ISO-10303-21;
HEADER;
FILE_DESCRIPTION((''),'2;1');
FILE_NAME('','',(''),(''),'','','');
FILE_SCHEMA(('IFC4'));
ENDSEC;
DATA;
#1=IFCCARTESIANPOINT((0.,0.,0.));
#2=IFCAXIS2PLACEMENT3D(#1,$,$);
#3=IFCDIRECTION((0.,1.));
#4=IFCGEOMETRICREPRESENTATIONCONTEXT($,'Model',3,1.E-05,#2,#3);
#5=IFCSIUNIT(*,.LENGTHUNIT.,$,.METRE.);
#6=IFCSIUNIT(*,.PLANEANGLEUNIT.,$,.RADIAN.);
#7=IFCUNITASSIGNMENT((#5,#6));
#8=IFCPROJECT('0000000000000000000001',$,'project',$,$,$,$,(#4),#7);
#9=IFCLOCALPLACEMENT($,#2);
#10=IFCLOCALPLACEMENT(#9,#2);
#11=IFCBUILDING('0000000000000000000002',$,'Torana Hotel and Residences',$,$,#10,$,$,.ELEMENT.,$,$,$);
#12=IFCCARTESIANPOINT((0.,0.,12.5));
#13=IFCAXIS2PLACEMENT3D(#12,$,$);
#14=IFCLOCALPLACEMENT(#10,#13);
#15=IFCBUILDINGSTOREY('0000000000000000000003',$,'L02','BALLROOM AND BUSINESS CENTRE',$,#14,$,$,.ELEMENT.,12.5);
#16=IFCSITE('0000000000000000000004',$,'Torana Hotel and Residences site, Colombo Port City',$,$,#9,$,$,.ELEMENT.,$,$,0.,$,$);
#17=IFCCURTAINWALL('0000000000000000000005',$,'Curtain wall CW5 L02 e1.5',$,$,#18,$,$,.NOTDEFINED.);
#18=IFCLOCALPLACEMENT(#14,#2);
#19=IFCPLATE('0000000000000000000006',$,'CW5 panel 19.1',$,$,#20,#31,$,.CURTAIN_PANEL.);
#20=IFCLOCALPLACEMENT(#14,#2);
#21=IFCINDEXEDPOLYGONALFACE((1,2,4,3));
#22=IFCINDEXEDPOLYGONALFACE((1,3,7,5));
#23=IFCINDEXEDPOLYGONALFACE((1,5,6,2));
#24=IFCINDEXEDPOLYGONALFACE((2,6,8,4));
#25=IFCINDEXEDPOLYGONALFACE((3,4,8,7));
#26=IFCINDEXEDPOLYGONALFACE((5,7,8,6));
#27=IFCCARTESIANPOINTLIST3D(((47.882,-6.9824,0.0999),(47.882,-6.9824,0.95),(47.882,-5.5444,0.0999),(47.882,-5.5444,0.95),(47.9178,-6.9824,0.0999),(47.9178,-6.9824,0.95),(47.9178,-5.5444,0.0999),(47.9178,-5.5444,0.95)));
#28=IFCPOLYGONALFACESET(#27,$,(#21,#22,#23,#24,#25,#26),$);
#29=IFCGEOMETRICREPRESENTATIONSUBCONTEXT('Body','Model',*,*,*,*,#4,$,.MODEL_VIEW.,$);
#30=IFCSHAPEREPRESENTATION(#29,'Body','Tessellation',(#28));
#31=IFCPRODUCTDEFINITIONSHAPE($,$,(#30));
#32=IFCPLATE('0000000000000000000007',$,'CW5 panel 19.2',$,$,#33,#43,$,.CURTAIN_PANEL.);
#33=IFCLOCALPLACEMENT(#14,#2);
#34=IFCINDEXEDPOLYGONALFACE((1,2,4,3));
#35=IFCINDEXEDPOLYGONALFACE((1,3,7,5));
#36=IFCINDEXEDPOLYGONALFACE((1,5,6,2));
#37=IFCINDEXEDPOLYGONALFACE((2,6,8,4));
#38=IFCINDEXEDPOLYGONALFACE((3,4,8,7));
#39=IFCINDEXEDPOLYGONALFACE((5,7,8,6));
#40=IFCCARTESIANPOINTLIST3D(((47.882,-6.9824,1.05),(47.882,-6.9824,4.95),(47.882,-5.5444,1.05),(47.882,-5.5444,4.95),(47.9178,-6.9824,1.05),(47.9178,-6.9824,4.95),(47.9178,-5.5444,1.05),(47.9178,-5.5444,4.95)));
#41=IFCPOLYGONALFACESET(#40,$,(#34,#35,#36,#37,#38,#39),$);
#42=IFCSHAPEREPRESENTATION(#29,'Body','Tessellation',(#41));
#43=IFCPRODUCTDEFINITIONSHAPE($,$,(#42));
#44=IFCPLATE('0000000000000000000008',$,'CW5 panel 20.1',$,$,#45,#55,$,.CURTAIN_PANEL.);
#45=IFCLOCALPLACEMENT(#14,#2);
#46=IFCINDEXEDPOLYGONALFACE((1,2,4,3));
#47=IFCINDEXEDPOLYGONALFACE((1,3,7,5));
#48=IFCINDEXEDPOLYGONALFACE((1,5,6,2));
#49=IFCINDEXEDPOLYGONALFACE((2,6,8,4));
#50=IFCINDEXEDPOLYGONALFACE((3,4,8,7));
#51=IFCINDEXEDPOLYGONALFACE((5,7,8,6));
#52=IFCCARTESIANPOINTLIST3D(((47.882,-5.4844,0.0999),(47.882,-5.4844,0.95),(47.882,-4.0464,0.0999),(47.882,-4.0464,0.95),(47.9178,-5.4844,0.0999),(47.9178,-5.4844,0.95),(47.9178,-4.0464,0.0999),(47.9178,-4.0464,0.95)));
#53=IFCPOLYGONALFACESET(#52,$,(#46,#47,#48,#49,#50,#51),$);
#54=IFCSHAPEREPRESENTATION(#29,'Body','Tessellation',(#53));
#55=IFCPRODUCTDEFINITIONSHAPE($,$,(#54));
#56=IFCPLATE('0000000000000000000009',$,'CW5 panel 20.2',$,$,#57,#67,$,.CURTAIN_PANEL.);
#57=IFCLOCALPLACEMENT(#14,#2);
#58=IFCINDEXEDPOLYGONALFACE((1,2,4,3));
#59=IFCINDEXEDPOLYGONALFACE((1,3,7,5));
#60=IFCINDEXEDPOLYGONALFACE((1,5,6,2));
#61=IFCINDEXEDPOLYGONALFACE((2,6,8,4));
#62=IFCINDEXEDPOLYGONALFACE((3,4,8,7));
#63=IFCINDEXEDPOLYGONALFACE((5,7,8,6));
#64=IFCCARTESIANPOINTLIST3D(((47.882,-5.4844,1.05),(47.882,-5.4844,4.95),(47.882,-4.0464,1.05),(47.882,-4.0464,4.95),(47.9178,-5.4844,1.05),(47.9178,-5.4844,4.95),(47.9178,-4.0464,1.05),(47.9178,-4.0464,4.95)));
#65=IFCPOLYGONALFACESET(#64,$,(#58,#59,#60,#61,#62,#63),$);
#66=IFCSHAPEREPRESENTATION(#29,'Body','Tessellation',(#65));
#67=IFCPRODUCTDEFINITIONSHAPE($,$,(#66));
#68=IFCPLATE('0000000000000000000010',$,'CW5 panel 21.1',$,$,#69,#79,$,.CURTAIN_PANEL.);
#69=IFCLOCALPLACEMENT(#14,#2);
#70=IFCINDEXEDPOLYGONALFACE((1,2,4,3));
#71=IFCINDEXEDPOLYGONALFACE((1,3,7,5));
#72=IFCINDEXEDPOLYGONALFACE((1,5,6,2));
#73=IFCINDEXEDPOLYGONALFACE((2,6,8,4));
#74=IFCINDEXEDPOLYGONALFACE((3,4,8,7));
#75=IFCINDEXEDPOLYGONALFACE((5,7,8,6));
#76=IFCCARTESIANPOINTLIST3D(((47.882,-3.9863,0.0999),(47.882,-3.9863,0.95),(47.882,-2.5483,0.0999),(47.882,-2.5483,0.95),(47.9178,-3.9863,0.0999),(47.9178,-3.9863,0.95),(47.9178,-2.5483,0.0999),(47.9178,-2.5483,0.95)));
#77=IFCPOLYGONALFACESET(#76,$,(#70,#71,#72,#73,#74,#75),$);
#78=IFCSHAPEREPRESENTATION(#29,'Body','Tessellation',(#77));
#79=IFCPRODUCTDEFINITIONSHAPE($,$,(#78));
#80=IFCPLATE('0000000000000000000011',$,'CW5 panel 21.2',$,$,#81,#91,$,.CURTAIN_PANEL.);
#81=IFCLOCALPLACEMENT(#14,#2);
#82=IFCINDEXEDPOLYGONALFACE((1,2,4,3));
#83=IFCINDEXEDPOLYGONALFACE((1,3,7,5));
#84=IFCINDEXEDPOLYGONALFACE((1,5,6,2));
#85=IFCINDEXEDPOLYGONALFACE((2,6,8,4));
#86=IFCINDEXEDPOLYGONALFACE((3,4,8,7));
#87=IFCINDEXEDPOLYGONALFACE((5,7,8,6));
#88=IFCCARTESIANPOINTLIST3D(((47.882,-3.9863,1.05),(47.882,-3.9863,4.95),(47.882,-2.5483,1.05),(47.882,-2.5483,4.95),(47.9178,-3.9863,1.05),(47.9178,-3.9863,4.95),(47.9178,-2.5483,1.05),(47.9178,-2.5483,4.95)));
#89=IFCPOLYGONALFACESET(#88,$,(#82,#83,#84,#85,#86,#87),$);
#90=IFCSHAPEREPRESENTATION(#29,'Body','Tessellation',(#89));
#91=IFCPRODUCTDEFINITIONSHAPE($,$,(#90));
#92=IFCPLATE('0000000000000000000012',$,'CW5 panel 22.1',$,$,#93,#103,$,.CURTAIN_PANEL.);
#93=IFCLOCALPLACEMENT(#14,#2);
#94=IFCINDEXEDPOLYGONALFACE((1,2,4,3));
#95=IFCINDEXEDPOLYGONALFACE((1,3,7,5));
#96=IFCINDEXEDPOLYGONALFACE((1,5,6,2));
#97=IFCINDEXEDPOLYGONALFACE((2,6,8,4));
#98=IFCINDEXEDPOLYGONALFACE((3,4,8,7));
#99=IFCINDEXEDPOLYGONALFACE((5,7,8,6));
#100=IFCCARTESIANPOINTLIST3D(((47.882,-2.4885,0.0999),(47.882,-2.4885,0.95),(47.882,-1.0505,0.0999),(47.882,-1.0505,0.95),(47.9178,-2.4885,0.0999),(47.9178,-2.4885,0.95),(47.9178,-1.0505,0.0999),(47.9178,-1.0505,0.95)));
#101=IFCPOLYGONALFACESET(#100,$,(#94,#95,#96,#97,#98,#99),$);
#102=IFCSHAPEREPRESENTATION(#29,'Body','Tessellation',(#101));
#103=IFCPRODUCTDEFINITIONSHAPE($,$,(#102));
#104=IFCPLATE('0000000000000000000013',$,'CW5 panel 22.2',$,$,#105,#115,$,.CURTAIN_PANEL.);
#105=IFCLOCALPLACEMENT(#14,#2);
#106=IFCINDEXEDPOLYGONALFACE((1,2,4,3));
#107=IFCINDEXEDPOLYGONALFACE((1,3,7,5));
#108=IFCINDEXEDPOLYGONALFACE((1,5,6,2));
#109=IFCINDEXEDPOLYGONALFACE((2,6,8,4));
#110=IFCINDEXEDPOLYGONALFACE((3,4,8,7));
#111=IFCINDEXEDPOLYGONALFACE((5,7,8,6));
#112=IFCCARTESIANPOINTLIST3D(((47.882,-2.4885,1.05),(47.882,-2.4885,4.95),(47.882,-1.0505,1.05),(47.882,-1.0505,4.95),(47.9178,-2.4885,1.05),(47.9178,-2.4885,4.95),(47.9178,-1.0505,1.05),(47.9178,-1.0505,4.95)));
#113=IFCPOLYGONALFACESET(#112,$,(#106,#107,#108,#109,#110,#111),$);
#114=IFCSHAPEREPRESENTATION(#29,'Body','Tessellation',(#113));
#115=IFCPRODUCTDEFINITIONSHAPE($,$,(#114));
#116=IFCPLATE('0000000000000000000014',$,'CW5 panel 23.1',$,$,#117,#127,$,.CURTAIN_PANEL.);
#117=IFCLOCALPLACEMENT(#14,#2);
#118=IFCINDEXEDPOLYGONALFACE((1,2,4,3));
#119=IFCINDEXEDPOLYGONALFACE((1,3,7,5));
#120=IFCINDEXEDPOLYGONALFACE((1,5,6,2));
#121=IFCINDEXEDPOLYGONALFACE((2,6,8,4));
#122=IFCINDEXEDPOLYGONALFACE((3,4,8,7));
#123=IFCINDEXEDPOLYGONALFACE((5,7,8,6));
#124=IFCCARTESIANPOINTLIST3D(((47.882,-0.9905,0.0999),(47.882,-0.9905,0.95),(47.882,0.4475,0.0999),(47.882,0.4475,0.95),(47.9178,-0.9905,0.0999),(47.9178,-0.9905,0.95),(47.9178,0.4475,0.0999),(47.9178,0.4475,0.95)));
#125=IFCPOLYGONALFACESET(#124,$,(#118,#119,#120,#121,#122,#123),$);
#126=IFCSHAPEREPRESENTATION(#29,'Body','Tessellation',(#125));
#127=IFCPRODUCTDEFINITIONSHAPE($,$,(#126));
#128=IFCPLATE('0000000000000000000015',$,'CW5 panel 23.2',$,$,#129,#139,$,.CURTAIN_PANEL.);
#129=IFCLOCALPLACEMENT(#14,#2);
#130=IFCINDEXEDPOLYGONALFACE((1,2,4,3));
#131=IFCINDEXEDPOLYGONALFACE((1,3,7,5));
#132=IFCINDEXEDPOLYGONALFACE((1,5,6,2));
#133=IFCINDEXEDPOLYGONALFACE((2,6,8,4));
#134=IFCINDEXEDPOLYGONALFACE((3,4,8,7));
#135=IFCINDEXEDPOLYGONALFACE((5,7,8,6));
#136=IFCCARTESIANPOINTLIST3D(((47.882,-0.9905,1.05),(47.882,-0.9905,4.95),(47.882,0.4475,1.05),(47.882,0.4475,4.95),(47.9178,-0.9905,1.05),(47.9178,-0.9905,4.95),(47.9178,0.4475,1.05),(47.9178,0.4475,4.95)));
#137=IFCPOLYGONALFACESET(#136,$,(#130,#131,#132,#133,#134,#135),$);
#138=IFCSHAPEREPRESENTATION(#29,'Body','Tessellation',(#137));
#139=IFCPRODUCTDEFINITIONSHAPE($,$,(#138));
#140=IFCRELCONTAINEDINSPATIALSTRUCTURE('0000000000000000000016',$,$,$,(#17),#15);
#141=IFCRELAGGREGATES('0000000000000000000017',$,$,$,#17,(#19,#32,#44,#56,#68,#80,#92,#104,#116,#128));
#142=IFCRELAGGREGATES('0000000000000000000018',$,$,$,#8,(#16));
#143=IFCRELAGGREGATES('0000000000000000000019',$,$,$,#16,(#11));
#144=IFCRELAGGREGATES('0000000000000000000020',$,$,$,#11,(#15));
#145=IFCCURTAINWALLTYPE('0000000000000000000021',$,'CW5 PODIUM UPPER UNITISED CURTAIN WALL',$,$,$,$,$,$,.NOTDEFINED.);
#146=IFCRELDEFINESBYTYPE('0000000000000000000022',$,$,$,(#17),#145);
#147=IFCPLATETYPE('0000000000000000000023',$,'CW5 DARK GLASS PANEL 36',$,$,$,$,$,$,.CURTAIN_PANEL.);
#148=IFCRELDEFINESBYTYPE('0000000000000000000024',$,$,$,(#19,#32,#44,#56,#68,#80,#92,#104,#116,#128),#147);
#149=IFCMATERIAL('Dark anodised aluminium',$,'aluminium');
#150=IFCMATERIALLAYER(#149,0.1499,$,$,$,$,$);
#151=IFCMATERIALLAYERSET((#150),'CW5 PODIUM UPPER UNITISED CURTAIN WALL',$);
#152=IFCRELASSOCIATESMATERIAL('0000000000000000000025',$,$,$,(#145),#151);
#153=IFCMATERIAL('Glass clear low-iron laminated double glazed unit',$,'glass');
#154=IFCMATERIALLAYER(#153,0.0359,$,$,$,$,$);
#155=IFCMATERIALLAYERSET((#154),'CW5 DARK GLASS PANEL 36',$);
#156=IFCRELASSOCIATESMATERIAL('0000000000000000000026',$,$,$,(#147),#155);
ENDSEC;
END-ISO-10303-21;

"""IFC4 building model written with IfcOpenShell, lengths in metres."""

from ifc_helpers import new_model, si_unit, direction, frame, origin, origin_2d, place, context, subcontext, project, spatial, rectangle, extrude, material, layer, layer_set, type_object, element, aggregate, save


model = new_model("IFC4")

# Units and contexts
model_context = context("Model", 3, precision=1e-05, world=origin(), true_north=direction((0.0, 1.0)))
body_context = subcontext(model_context, "Body", "Model", "MODEL_VIEW")
ifc_project = project(units=[si_unit("LENGTHUNIT", "METRE"), si_unit("PLANEANGLEUNIT", "RADIAN")], contexts=[model_context])

# Site, building, storey
site_placement = place(None, origin())
site = spatial("IfcSite", under=ifc_project, at=site_placement, Name="Torana Hotel and Residences site, Colombo Port City", CompositionType="ELEMENT", RefElevation=0.0)
building_placement = place(site_placement, origin())
building = spatial("IfcBuilding", under=site, at=building_placement, Name="Torana Hotel and Residences", CompositionType="ELEMENT")
storey_placement = place(building_placement, frame((0.0, 0.0, 12.5)))
storey = spatial("IfcBuildingStorey", under=building, at=storey_placement, Name="L02", Description="BALLROOM AND BUSINESS CENTRE", CompositionType="ELEMENT", Elevation=12.5)

# Curtain wall, plates
ifc_material_1 = material(Name="Dark anodised aluminium", Category="aluminium")
ifc_layer_1 = layer(ifc_material_1, 0.1499)
ifc_layer_set_1 = layer_set([ifc_layer_1], Name="CW5 PODIUM UPPER UNITISED CURTAIN WALL")
curtain_wall_type = type_object("IfcCurtainWallType", Name="CW5 PODIUM UPPER UNITISED CURTAIN WALL", PredefinedType="NOTDEFINED", material=ifc_layer_set_1)
curtain_wall_placement = place(storey_placement, origin())
curtain_wall = element("IfcCurtainWall", 1, at=curtain_wall_placement, inside=storey, type_object=curtain_wall_type, Name="Curtain wall CW5 L02 e1.5", PredefinedType="NOTDEFINED")
ifc_material_2 = material(Name="Glass clear low-iron laminated double glazed unit", Category="glass")
ifc_layer_2 = layer(ifc_material_2, 0.0359)
ifc_layer_set_2 = layer_set([ifc_layer_2], Name="CW5 DARK GLASS PANEL 36")
plate_type = type_object("IfcPlateType", Name="CW5 DARK GLASS PANEL 36", PredefinedType="CURTAIN_PANEL", material=ifc_layer_set_2)
plate_1_placement = place(storey_placement, frame((47.8999, -6.2634, 0.0999), z_axis=(0.0, 0.0, 1.0), x_axis=(0.0, 1.0, 0.0)))
plate_1 = element("IfcPlate", 2, at=plate_1_placement, type_object=plate_type, Name="CW5 panel 19.1", PredefinedType="CURTAIN_PANEL", context=body_context, shape_type="SweptSolid", body=[
    extrude(rectangle(XDim=1.438, YDim=0.0359, at=origin_2d()), origin(), (0.0, 0.0, 1.0), 0.8501),
])
plate_2_placement = place(storey_placement, frame((47.8999, -6.2634, 1.05), z_axis=(0.0, 0.0, 1.0), x_axis=(0.0, 1.0, 0.0)))
plate_2 = element("IfcPlate", 3, at=plate_2_placement, type_object=plate_type, Name="CW5 panel 19.2", PredefinedType="CURTAIN_PANEL", context=body_context, shape_type="SweptSolid", body=[
    extrude(rectangle(XDim=1.438, YDim=0.0359, at=origin_2d()), origin(), (0.0, 0.0, 1.0), 3.8999),
])
plate_3_placement = place(storey_placement, frame((47.8999, -4.7654, 0.0999), z_axis=(0.0, 0.0, 1.0), x_axis=(0.0, 1.0, 0.0)))
plate_3 = element("IfcPlate", 4, at=plate_3_placement, type_object=plate_type, Name="CW5 panel 20.1", PredefinedType="CURTAIN_PANEL", context=body_context, shape_type="SweptSolid", body=[
    extrude(rectangle(XDim=1.438, YDim=0.0359, at=origin_2d()), origin(), (0.0, 0.0, 1.0), 0.8501),
])
plate_4_placement = place(storey_placement, frame((47.8999, -4.7654, 1.05), z_axis=(0.0, 0.0, 1.0), x_axis=(0.0, 1.0, 0.0)))
plate_4 = element("IfcPlate", 5, at=plate_4_placement, type_object=plate_type, Name="CW5 panel 20.2", PredefinedType="CURTAIN_PANEL", context=body_context, shape_type="SweptSolid", body=[
    extrude(rectangle(XDim=1.438, YDim=0.0359, at=origin_2d()), origin(), (0.0, 0.0, 1.0), 3.8999),
])
plate_5_placement = place(storey_placement, frame((47.8999, -3.2673, 0.0999), z_axis=(0.0, 0.0, 1.0), x_axis=(0.0, 1.0, 0.0)))
plate_5 = element("IfcPlate", 6, at=plate_5_placement, type_object=plate_type, Name="CW5 panel 21.1", PredefinedType="CURTAIN_PANEL", context=body_context, shape_type="SweptSolid", body=[
    extrude(rectangle(XDim=1.438, YDim=0.0359, at=origin_2d()), origin(), (0.0, 0.0, 1.0), 0.8501),
])
plate_6_placement = place(storey_placement, frame((47.8999, -3.2673, 1.05), z_axis=(0.0, 0.0, 1.0), x_axis=(0.0, 1.0, 0.0)))
plate_6 = element("IfcPlate", 7, at=plate_6_placement, type_object=plate_type, Name="CW5 panel 21.2", PredefinedType="CURTAIN_PANEL", context=body_context, shape_type="SweptSolid", body=[
    extrude(rectangle(XDim=1.438, YDim=0.0359, at=origin_2d()), origin(), (0.0, 0.0, 1.0), 3.8999),
])
plate_7_placement = place(storey_placement, frame((47.8999, -1.7695, 0.0999), z_axis=(0.0, 0.0, 1.0), x_axis=(0.0, 1.0, 0.0)))
plate_7 = element("IfcPlate", 8, at=plate_7_placement, type_object=plate_type, Name="CW5 panel 22.1", PredefinedType="CURTAIN_PANEL", context=body_context, shape_type="SweptSolid", body=[
    extrude(rectangle(XDim=1.438, YDim=0.0359, at=origin_2d()), origin(), (0.0, 0.0, 1.0), 0.8501),
])
plate_8_placement = place(storey_placement, frame((47.8999, -1.7695, 1.05), z_axis=(0.0, 0.0, 1.0), x_axis=(0.0, 1.0, 0.0)))
plate_8 = element("IfcPlate", 9, at=plate_8_placement, type_object=plate_type, Name="CW5 panel 22.2", PredefinedType="CURTAIN_PANEL", context=body_context, shape_type="SweptSolid", body=[
    extrude(rectangle(XDim=1.438, YDim=0.0359, at=origin_2d()), origin(), (0.0, 0.0, 1.0), 3.8999),
])
plate_9_placement = place(storey_placement, frame((47.8999, -0.2715, 0.0999), z_axis=(0.0, 0.0, 1.0), x_axis=(0.0, 1.0, 0.0)))
plate_9 = element("IfcPlate", 10, at=plate_9_placement, type_object=plate_type, Name="CW5 panel 23.1", PredefinedType="CURTAIN_PANEL", context=body_context, shape_type="SweptSolid", body=[
    extrude(rectangle(XDim=1.438, YDim=0.0359, at=origin_2d()), origin(), (0.0, 0.0, 1.0), 0.8501),
])
plate_10_placement = place(storey_placement, frame((47.8999, -0.2715, 1.05), z_axis=(0.0, 0.0, 1.0), x_axis=(0.0, 1.0, 0.0)))
plate_10 = element("IfcPlate", 11, at=plate_10_placement, type_object=plate_type, Name="CW5 panel 23.2", PredefinedType="CURTAIN_PANEL", context=body_context, shape_type="SweptSolid", body=[
    extrude(rectangle(XDim=1.438, YDim=0.0359, at=origin_2d()), origin(), (0.0, 0.0, 1.0), 3.8999),
])
aggregate(curtain_wall, [plate_1, plate_2, plate_3, plate_4, plate_5, plate_6, plate_7, plate_8, plate_9, plate_10])

save(model, "model.ifc")
